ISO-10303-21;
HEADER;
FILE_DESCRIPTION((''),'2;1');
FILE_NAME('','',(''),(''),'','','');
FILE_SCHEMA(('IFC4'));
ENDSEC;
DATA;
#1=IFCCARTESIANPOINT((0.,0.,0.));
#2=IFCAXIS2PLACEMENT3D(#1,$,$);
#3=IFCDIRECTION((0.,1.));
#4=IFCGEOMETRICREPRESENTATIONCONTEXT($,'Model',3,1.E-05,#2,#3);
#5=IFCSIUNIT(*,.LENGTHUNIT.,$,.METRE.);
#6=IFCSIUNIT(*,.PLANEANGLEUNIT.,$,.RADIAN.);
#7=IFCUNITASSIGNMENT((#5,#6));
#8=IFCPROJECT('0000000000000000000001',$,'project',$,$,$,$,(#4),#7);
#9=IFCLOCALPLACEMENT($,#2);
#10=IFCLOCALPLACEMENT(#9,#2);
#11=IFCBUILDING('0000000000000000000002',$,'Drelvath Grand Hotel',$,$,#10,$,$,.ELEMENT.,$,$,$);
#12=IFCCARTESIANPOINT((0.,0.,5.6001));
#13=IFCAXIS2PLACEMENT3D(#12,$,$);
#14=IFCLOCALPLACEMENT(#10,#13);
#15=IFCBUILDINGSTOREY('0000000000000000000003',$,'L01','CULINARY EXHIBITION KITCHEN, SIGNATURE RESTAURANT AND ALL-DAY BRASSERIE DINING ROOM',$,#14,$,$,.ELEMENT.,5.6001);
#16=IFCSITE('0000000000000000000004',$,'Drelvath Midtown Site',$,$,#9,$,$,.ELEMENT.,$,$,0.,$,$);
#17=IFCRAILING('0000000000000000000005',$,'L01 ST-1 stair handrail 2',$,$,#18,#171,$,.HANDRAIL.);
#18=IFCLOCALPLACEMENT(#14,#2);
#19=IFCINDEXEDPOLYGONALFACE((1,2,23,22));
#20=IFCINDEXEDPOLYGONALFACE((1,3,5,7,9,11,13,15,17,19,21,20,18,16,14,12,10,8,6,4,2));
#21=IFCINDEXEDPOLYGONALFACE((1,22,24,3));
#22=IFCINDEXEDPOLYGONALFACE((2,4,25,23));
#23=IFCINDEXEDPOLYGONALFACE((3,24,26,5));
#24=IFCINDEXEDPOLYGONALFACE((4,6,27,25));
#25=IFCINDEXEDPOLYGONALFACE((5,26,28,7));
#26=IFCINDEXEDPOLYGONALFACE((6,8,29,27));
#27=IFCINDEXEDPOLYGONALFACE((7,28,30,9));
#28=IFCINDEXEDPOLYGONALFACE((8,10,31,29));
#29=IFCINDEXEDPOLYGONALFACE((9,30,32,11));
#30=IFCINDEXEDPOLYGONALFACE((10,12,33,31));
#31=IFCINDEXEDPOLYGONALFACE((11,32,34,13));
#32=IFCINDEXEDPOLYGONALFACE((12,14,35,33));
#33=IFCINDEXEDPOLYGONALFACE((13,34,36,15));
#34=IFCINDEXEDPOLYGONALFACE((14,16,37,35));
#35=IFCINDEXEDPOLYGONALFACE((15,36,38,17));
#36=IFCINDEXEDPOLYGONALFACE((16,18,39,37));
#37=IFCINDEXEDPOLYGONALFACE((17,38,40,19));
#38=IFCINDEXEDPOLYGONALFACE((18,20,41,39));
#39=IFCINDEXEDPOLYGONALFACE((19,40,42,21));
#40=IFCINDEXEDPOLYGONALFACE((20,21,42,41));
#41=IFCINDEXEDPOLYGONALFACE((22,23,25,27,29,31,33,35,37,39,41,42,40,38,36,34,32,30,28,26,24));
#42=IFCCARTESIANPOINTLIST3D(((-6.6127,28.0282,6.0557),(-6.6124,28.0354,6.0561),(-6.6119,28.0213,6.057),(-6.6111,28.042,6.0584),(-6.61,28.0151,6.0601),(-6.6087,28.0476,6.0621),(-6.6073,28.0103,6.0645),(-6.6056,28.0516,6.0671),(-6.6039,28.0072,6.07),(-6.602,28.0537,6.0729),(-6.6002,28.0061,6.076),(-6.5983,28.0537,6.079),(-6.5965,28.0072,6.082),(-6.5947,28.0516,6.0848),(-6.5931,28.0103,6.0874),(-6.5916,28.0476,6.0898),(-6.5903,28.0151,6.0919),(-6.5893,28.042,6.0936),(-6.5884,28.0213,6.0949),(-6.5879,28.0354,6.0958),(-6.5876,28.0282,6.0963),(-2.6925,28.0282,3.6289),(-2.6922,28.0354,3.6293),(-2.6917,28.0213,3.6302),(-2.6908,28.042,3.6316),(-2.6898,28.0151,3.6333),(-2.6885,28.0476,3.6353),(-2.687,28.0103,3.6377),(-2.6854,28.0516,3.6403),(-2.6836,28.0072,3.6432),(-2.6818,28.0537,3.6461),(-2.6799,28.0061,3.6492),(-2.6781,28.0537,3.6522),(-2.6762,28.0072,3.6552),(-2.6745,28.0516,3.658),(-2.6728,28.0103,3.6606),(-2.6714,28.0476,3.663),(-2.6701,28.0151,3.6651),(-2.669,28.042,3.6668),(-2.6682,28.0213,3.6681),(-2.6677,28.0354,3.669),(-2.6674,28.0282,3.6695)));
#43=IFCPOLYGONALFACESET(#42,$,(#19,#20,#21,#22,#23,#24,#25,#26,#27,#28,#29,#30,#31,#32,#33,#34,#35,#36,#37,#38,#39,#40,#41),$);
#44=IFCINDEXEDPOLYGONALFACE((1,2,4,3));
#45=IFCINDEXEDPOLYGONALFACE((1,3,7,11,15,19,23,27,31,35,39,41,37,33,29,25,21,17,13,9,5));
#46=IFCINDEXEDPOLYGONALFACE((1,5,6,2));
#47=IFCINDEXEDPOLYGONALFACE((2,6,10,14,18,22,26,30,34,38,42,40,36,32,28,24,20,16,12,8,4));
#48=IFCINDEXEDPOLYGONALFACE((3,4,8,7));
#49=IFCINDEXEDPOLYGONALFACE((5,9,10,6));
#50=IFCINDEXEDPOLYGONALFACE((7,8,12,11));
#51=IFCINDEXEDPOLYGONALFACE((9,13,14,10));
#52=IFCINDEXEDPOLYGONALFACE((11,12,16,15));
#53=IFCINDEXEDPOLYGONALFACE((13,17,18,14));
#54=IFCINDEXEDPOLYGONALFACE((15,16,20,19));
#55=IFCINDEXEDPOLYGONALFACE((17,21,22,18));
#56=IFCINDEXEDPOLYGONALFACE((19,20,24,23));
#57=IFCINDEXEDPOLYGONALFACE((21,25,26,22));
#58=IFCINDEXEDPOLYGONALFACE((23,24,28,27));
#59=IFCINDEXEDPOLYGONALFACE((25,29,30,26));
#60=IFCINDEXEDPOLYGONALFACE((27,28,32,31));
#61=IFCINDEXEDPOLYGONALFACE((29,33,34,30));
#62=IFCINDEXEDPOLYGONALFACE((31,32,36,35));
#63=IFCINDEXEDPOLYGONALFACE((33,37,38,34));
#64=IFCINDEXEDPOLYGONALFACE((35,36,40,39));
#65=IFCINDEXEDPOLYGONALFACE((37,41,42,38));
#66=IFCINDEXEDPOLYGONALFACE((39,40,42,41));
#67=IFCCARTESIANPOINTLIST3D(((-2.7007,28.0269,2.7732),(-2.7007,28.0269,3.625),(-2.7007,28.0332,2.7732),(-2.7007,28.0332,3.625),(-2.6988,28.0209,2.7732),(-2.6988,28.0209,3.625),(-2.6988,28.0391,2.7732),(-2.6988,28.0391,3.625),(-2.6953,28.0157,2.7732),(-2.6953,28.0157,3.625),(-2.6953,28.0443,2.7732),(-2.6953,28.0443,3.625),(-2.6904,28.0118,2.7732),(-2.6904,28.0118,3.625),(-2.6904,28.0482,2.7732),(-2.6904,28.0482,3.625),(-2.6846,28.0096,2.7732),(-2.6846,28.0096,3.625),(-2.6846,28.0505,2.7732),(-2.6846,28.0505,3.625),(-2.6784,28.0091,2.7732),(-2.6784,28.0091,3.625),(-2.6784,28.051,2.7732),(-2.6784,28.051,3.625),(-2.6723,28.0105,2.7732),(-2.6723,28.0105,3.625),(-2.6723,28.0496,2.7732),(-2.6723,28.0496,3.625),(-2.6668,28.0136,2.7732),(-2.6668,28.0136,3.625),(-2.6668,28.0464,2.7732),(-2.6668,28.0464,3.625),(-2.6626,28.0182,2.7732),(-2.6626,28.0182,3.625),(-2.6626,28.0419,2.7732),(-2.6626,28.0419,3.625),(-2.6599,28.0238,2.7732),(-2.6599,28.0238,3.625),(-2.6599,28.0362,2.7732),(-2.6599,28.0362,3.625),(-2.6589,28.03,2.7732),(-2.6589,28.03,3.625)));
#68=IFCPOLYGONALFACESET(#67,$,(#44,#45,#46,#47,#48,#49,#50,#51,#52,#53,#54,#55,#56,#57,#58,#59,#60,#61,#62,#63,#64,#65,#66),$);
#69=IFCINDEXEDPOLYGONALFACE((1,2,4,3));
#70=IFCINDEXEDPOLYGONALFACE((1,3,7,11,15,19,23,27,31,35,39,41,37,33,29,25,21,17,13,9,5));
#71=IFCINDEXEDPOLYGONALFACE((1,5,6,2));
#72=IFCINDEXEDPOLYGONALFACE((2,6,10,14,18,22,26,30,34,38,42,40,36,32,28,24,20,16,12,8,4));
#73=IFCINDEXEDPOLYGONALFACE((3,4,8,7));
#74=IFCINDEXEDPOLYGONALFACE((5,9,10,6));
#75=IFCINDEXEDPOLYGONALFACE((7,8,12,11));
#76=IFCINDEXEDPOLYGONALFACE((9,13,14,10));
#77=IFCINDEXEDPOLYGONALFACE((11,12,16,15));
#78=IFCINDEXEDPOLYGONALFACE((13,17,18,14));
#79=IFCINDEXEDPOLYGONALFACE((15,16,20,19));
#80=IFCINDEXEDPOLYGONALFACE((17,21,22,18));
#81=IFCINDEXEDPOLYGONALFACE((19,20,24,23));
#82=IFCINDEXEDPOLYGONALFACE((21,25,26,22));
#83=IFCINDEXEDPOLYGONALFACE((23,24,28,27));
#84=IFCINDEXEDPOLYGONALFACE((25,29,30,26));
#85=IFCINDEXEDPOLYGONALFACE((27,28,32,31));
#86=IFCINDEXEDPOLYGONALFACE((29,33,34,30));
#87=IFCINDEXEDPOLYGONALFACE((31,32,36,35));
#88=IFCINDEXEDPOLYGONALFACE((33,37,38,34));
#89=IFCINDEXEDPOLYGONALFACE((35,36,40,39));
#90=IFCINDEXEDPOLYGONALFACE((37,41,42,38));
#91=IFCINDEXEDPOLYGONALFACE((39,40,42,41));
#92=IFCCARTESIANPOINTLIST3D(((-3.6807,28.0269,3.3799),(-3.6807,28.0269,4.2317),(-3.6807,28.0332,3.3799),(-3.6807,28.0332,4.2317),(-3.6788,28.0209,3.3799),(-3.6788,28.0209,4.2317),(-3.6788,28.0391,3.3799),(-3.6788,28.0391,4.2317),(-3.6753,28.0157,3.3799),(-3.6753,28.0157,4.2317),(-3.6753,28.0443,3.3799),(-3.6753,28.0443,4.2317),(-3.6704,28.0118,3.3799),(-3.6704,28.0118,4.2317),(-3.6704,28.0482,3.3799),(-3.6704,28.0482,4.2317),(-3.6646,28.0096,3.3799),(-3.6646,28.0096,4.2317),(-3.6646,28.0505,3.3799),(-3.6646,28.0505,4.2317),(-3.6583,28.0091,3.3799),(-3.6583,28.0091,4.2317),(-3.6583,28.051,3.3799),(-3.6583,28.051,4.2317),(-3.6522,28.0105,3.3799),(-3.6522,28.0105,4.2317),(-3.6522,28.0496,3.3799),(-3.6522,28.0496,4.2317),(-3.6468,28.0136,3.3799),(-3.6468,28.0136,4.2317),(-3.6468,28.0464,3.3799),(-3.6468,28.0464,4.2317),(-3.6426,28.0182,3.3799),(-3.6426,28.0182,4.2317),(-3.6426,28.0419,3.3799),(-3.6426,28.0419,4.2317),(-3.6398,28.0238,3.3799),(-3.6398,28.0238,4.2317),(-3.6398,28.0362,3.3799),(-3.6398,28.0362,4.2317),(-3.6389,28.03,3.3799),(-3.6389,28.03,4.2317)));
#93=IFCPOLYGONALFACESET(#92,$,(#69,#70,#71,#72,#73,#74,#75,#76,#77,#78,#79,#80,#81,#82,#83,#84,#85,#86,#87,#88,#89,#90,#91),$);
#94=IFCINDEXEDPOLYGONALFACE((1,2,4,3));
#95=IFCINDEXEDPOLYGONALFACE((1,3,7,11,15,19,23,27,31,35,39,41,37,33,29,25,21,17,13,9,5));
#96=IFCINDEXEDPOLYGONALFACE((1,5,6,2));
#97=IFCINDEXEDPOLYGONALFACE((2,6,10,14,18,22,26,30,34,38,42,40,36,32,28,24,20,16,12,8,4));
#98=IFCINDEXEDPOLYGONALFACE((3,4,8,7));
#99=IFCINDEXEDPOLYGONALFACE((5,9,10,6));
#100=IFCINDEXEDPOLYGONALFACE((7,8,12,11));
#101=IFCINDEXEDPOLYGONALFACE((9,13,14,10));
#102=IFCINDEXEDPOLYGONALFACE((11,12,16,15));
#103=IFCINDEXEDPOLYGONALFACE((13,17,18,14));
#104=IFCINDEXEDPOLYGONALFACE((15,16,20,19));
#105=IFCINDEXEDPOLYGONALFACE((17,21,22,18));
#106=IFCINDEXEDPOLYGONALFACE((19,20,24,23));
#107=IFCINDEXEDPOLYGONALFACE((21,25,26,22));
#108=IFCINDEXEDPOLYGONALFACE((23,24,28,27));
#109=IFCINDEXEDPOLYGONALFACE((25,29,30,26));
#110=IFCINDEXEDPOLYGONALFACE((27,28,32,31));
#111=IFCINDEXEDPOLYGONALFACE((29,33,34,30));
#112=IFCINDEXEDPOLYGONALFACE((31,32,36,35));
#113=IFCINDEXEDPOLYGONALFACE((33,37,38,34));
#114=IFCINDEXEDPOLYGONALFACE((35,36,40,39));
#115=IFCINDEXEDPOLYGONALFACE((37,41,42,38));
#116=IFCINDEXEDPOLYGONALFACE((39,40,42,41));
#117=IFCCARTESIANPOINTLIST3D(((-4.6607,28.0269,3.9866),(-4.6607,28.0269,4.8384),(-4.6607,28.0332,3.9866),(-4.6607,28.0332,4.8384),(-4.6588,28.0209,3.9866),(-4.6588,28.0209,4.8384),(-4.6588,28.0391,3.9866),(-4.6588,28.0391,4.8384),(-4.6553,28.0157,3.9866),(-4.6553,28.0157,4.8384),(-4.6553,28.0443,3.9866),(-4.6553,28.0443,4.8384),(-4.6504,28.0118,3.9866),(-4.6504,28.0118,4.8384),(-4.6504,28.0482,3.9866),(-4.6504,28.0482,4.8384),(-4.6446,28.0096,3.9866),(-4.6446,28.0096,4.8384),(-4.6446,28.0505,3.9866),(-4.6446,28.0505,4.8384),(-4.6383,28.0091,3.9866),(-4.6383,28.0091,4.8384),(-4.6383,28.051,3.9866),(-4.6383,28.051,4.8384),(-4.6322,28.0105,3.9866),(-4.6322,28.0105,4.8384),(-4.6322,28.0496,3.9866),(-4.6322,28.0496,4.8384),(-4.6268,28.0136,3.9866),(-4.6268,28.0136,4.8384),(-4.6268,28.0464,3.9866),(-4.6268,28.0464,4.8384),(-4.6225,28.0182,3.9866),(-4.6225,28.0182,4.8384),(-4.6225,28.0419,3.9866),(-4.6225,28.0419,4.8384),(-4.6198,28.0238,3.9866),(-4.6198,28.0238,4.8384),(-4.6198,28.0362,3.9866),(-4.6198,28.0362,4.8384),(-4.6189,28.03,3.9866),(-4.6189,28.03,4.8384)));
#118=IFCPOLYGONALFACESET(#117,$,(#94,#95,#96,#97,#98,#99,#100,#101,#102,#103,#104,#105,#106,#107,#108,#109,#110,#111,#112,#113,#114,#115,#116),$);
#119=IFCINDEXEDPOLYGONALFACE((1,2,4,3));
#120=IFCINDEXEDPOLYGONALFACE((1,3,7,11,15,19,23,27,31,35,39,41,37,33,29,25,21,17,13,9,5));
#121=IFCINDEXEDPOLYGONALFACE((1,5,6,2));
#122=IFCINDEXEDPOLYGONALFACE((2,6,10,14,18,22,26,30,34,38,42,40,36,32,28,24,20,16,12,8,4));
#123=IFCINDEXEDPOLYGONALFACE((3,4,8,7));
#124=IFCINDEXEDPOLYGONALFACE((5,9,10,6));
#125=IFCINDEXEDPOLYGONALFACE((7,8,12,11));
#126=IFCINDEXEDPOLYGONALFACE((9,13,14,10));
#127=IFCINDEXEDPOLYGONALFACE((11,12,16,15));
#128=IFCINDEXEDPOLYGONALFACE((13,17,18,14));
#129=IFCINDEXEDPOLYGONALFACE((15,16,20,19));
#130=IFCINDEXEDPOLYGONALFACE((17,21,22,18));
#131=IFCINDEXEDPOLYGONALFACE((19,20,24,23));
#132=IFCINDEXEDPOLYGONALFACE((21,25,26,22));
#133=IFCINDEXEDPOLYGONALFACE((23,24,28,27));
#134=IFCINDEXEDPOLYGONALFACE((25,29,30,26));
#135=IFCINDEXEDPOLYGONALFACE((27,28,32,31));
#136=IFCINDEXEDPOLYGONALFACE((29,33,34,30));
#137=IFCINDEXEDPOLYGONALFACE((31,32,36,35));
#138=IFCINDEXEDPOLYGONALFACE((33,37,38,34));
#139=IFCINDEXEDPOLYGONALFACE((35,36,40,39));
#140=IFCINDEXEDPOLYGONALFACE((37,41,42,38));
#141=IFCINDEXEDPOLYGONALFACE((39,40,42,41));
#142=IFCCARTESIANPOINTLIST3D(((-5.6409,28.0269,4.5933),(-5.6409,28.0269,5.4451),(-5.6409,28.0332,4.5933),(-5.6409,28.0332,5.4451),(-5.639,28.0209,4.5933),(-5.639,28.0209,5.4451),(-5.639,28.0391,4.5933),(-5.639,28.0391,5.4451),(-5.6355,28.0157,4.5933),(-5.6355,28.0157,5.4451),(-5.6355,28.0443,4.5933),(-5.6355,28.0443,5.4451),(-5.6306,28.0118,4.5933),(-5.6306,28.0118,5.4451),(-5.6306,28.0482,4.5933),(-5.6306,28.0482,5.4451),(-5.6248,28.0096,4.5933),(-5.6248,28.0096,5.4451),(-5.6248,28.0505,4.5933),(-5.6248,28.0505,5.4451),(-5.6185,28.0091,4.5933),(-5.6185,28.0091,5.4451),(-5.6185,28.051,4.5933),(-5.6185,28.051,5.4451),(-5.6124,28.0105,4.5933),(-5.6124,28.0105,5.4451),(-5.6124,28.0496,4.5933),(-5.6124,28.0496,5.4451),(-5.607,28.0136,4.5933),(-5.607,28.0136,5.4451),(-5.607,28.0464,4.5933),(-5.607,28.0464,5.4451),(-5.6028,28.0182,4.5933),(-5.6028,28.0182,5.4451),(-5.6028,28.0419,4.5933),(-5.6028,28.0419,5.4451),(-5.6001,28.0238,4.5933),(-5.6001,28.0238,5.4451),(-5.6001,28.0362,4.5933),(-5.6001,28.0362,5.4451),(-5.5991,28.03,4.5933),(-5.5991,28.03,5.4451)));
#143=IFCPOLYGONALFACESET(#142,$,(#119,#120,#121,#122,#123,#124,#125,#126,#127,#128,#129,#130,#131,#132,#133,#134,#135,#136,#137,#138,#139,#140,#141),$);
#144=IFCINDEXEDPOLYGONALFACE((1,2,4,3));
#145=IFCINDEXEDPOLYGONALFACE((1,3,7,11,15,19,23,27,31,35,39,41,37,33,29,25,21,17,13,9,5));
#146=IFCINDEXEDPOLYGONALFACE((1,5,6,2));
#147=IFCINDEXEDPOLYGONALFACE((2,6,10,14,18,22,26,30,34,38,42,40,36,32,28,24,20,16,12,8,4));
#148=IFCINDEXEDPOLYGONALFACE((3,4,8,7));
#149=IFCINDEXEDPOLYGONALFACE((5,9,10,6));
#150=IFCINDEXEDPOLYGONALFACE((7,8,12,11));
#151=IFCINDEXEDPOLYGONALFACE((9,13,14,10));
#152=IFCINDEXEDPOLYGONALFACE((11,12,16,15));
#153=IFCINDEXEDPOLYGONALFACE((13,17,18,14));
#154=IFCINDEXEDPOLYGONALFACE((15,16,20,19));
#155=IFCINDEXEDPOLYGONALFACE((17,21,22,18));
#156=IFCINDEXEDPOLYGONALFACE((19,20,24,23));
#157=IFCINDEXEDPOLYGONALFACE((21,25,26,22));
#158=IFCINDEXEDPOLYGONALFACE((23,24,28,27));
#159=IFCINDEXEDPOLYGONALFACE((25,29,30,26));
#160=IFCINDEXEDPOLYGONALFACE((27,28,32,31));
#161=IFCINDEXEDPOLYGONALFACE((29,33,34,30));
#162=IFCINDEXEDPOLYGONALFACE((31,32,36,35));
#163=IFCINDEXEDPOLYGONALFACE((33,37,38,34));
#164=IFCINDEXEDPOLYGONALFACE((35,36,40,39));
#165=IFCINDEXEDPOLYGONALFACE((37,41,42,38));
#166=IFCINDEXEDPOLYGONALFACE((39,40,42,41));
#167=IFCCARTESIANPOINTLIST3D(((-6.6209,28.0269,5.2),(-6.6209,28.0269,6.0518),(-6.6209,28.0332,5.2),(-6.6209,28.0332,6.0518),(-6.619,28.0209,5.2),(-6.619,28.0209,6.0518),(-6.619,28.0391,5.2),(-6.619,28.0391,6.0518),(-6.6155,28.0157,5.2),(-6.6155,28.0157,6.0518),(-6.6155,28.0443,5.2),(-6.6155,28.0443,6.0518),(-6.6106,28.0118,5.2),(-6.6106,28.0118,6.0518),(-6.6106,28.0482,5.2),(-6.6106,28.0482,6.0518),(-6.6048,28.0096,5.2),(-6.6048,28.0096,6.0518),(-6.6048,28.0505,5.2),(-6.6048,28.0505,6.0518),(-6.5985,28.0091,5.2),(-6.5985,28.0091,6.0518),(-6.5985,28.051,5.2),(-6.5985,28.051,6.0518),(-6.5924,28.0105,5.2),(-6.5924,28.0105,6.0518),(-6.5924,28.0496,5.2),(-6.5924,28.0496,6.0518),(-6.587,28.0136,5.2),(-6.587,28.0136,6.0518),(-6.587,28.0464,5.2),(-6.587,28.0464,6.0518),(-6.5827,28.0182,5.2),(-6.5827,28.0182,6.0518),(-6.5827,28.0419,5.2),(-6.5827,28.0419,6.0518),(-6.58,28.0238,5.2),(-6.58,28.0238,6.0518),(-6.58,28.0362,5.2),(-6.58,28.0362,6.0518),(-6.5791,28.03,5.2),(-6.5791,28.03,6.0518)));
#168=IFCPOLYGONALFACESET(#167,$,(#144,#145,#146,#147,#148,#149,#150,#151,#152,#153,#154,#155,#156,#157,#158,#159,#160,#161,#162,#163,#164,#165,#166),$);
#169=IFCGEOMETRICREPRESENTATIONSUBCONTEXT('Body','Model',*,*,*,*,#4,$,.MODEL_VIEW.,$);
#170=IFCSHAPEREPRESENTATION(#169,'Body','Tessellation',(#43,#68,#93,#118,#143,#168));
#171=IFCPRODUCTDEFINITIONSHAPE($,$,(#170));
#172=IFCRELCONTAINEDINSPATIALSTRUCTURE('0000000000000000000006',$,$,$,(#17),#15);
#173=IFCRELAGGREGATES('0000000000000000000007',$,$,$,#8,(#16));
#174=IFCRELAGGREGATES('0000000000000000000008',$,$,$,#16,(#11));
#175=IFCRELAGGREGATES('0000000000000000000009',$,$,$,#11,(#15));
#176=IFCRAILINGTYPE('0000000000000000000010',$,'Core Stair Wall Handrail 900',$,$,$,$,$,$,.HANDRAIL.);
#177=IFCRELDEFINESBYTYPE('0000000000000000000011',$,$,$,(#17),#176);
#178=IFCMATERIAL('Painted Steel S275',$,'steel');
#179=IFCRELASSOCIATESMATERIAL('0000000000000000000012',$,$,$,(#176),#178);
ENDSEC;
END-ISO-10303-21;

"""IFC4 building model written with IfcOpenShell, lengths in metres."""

from ifc_helpers import new_model, si_unit, direction, frame, origin, origin_2d, place, context, subcontext, project, spatial, circle, extrude, material, type_object, element, save


model = new_model("IFC4")

# Units and contexts
model_context = context("Model", 3, precision=1e-05, world=origin(), true_north=direction((0.0, 1.0)))
body_context = subcontext(model_context, "Body", "Model", "MODEL_VIEW")
ifc_project = project(units=[si_unit("LENGTHUNIT", "METRE"), si_unit("PLANEANGLEUNIT", "RADIAN")], contexts=[model_context])

# Site, building, storey
site_placement = place(None, origin())
site = spatial("IfcSite", under=ifc_project, at=site_placement, Name="Drelvath Midtown Site", CompositionType="ELEMENT", RefElevation=0.0)
building_placement = place(site_placement, origin())
building = spatial("IfcBuilding", under=site, at=building_placement, Name="Drelvath Grand Hotel", CompositionType="ELEMENT")
storey_placement = place(building_placement, frame((0.0, 0.0, 5.6001)))
storey = spatial("IfcBuildingStorey", under=building, at=storey_placement, Name="L01", Description="CULINARY EXHIBITION KITCHEN, SIGNATURE RESTAURANT AND ALL-DAY BRASSERIE DINING ROOM", CompositionType="ELEMENT", Elevation=5.6001)

# Shared definitions
ifc_material_1 = material(Name="Painted Steel S275", Category="steel")

# Railing
railing_type_1 = type_object("IfcRailingType", Name="Core Stair Wall Handrail 900", PredefinedType="HANDRAIL", material=ifc_material_1)
railing_1_placement = place(storey_placement, frame((-2.6799, 28.03, 2.7732)))
element("IfcRailing", 1, at=railing_1_placement, inside=storey, type_object=railing_type_1, Name="L01 ST-1 stair handrail 2", PredefinedType="HANDRAIL", context=body_context, shape_type="SweptSolid", body=[
    extrude(circle(Radius=0.0239, at=origin_2d()), frame((0.0, 0.0, 0.876), z_axis=(-0.850266, 0.0, 0.526353), x_axis=(0.0, -1.0, 0.0)), (0.0, 0.0, 1.0), 4.6106),
    extrude(circle(Radius=0.021, at=origin_2d()), origin(), (0.0, 0.0, 1.0), 0.8518),
    extrude(circle(Radius=0.021, at=origin_2d()), frame((-0.98, 0.0, 0.6067)), (0.0, 0.0, 1.0), 0.8518),
    extrude(circle(Radius=0.021, at=origin_2d()), frame((-1.96, 0.0, 1.2134)), (0.0, 0.0, 1.0), 0.8518),
    extrude(circle(Radius=0.021, at=origin_2d()), frame((-2.9402, 0.0, 1.8201)), (0.0, 0.0, 1.0), 0.8518),
    extrude(circle(Radius=0.021, at=origin_2d()), frame((-3.9202, 0.0, 2.4268)), (0.0, 0.0, 1.0), 0.8518),
])

save(model, "model.ifc")
